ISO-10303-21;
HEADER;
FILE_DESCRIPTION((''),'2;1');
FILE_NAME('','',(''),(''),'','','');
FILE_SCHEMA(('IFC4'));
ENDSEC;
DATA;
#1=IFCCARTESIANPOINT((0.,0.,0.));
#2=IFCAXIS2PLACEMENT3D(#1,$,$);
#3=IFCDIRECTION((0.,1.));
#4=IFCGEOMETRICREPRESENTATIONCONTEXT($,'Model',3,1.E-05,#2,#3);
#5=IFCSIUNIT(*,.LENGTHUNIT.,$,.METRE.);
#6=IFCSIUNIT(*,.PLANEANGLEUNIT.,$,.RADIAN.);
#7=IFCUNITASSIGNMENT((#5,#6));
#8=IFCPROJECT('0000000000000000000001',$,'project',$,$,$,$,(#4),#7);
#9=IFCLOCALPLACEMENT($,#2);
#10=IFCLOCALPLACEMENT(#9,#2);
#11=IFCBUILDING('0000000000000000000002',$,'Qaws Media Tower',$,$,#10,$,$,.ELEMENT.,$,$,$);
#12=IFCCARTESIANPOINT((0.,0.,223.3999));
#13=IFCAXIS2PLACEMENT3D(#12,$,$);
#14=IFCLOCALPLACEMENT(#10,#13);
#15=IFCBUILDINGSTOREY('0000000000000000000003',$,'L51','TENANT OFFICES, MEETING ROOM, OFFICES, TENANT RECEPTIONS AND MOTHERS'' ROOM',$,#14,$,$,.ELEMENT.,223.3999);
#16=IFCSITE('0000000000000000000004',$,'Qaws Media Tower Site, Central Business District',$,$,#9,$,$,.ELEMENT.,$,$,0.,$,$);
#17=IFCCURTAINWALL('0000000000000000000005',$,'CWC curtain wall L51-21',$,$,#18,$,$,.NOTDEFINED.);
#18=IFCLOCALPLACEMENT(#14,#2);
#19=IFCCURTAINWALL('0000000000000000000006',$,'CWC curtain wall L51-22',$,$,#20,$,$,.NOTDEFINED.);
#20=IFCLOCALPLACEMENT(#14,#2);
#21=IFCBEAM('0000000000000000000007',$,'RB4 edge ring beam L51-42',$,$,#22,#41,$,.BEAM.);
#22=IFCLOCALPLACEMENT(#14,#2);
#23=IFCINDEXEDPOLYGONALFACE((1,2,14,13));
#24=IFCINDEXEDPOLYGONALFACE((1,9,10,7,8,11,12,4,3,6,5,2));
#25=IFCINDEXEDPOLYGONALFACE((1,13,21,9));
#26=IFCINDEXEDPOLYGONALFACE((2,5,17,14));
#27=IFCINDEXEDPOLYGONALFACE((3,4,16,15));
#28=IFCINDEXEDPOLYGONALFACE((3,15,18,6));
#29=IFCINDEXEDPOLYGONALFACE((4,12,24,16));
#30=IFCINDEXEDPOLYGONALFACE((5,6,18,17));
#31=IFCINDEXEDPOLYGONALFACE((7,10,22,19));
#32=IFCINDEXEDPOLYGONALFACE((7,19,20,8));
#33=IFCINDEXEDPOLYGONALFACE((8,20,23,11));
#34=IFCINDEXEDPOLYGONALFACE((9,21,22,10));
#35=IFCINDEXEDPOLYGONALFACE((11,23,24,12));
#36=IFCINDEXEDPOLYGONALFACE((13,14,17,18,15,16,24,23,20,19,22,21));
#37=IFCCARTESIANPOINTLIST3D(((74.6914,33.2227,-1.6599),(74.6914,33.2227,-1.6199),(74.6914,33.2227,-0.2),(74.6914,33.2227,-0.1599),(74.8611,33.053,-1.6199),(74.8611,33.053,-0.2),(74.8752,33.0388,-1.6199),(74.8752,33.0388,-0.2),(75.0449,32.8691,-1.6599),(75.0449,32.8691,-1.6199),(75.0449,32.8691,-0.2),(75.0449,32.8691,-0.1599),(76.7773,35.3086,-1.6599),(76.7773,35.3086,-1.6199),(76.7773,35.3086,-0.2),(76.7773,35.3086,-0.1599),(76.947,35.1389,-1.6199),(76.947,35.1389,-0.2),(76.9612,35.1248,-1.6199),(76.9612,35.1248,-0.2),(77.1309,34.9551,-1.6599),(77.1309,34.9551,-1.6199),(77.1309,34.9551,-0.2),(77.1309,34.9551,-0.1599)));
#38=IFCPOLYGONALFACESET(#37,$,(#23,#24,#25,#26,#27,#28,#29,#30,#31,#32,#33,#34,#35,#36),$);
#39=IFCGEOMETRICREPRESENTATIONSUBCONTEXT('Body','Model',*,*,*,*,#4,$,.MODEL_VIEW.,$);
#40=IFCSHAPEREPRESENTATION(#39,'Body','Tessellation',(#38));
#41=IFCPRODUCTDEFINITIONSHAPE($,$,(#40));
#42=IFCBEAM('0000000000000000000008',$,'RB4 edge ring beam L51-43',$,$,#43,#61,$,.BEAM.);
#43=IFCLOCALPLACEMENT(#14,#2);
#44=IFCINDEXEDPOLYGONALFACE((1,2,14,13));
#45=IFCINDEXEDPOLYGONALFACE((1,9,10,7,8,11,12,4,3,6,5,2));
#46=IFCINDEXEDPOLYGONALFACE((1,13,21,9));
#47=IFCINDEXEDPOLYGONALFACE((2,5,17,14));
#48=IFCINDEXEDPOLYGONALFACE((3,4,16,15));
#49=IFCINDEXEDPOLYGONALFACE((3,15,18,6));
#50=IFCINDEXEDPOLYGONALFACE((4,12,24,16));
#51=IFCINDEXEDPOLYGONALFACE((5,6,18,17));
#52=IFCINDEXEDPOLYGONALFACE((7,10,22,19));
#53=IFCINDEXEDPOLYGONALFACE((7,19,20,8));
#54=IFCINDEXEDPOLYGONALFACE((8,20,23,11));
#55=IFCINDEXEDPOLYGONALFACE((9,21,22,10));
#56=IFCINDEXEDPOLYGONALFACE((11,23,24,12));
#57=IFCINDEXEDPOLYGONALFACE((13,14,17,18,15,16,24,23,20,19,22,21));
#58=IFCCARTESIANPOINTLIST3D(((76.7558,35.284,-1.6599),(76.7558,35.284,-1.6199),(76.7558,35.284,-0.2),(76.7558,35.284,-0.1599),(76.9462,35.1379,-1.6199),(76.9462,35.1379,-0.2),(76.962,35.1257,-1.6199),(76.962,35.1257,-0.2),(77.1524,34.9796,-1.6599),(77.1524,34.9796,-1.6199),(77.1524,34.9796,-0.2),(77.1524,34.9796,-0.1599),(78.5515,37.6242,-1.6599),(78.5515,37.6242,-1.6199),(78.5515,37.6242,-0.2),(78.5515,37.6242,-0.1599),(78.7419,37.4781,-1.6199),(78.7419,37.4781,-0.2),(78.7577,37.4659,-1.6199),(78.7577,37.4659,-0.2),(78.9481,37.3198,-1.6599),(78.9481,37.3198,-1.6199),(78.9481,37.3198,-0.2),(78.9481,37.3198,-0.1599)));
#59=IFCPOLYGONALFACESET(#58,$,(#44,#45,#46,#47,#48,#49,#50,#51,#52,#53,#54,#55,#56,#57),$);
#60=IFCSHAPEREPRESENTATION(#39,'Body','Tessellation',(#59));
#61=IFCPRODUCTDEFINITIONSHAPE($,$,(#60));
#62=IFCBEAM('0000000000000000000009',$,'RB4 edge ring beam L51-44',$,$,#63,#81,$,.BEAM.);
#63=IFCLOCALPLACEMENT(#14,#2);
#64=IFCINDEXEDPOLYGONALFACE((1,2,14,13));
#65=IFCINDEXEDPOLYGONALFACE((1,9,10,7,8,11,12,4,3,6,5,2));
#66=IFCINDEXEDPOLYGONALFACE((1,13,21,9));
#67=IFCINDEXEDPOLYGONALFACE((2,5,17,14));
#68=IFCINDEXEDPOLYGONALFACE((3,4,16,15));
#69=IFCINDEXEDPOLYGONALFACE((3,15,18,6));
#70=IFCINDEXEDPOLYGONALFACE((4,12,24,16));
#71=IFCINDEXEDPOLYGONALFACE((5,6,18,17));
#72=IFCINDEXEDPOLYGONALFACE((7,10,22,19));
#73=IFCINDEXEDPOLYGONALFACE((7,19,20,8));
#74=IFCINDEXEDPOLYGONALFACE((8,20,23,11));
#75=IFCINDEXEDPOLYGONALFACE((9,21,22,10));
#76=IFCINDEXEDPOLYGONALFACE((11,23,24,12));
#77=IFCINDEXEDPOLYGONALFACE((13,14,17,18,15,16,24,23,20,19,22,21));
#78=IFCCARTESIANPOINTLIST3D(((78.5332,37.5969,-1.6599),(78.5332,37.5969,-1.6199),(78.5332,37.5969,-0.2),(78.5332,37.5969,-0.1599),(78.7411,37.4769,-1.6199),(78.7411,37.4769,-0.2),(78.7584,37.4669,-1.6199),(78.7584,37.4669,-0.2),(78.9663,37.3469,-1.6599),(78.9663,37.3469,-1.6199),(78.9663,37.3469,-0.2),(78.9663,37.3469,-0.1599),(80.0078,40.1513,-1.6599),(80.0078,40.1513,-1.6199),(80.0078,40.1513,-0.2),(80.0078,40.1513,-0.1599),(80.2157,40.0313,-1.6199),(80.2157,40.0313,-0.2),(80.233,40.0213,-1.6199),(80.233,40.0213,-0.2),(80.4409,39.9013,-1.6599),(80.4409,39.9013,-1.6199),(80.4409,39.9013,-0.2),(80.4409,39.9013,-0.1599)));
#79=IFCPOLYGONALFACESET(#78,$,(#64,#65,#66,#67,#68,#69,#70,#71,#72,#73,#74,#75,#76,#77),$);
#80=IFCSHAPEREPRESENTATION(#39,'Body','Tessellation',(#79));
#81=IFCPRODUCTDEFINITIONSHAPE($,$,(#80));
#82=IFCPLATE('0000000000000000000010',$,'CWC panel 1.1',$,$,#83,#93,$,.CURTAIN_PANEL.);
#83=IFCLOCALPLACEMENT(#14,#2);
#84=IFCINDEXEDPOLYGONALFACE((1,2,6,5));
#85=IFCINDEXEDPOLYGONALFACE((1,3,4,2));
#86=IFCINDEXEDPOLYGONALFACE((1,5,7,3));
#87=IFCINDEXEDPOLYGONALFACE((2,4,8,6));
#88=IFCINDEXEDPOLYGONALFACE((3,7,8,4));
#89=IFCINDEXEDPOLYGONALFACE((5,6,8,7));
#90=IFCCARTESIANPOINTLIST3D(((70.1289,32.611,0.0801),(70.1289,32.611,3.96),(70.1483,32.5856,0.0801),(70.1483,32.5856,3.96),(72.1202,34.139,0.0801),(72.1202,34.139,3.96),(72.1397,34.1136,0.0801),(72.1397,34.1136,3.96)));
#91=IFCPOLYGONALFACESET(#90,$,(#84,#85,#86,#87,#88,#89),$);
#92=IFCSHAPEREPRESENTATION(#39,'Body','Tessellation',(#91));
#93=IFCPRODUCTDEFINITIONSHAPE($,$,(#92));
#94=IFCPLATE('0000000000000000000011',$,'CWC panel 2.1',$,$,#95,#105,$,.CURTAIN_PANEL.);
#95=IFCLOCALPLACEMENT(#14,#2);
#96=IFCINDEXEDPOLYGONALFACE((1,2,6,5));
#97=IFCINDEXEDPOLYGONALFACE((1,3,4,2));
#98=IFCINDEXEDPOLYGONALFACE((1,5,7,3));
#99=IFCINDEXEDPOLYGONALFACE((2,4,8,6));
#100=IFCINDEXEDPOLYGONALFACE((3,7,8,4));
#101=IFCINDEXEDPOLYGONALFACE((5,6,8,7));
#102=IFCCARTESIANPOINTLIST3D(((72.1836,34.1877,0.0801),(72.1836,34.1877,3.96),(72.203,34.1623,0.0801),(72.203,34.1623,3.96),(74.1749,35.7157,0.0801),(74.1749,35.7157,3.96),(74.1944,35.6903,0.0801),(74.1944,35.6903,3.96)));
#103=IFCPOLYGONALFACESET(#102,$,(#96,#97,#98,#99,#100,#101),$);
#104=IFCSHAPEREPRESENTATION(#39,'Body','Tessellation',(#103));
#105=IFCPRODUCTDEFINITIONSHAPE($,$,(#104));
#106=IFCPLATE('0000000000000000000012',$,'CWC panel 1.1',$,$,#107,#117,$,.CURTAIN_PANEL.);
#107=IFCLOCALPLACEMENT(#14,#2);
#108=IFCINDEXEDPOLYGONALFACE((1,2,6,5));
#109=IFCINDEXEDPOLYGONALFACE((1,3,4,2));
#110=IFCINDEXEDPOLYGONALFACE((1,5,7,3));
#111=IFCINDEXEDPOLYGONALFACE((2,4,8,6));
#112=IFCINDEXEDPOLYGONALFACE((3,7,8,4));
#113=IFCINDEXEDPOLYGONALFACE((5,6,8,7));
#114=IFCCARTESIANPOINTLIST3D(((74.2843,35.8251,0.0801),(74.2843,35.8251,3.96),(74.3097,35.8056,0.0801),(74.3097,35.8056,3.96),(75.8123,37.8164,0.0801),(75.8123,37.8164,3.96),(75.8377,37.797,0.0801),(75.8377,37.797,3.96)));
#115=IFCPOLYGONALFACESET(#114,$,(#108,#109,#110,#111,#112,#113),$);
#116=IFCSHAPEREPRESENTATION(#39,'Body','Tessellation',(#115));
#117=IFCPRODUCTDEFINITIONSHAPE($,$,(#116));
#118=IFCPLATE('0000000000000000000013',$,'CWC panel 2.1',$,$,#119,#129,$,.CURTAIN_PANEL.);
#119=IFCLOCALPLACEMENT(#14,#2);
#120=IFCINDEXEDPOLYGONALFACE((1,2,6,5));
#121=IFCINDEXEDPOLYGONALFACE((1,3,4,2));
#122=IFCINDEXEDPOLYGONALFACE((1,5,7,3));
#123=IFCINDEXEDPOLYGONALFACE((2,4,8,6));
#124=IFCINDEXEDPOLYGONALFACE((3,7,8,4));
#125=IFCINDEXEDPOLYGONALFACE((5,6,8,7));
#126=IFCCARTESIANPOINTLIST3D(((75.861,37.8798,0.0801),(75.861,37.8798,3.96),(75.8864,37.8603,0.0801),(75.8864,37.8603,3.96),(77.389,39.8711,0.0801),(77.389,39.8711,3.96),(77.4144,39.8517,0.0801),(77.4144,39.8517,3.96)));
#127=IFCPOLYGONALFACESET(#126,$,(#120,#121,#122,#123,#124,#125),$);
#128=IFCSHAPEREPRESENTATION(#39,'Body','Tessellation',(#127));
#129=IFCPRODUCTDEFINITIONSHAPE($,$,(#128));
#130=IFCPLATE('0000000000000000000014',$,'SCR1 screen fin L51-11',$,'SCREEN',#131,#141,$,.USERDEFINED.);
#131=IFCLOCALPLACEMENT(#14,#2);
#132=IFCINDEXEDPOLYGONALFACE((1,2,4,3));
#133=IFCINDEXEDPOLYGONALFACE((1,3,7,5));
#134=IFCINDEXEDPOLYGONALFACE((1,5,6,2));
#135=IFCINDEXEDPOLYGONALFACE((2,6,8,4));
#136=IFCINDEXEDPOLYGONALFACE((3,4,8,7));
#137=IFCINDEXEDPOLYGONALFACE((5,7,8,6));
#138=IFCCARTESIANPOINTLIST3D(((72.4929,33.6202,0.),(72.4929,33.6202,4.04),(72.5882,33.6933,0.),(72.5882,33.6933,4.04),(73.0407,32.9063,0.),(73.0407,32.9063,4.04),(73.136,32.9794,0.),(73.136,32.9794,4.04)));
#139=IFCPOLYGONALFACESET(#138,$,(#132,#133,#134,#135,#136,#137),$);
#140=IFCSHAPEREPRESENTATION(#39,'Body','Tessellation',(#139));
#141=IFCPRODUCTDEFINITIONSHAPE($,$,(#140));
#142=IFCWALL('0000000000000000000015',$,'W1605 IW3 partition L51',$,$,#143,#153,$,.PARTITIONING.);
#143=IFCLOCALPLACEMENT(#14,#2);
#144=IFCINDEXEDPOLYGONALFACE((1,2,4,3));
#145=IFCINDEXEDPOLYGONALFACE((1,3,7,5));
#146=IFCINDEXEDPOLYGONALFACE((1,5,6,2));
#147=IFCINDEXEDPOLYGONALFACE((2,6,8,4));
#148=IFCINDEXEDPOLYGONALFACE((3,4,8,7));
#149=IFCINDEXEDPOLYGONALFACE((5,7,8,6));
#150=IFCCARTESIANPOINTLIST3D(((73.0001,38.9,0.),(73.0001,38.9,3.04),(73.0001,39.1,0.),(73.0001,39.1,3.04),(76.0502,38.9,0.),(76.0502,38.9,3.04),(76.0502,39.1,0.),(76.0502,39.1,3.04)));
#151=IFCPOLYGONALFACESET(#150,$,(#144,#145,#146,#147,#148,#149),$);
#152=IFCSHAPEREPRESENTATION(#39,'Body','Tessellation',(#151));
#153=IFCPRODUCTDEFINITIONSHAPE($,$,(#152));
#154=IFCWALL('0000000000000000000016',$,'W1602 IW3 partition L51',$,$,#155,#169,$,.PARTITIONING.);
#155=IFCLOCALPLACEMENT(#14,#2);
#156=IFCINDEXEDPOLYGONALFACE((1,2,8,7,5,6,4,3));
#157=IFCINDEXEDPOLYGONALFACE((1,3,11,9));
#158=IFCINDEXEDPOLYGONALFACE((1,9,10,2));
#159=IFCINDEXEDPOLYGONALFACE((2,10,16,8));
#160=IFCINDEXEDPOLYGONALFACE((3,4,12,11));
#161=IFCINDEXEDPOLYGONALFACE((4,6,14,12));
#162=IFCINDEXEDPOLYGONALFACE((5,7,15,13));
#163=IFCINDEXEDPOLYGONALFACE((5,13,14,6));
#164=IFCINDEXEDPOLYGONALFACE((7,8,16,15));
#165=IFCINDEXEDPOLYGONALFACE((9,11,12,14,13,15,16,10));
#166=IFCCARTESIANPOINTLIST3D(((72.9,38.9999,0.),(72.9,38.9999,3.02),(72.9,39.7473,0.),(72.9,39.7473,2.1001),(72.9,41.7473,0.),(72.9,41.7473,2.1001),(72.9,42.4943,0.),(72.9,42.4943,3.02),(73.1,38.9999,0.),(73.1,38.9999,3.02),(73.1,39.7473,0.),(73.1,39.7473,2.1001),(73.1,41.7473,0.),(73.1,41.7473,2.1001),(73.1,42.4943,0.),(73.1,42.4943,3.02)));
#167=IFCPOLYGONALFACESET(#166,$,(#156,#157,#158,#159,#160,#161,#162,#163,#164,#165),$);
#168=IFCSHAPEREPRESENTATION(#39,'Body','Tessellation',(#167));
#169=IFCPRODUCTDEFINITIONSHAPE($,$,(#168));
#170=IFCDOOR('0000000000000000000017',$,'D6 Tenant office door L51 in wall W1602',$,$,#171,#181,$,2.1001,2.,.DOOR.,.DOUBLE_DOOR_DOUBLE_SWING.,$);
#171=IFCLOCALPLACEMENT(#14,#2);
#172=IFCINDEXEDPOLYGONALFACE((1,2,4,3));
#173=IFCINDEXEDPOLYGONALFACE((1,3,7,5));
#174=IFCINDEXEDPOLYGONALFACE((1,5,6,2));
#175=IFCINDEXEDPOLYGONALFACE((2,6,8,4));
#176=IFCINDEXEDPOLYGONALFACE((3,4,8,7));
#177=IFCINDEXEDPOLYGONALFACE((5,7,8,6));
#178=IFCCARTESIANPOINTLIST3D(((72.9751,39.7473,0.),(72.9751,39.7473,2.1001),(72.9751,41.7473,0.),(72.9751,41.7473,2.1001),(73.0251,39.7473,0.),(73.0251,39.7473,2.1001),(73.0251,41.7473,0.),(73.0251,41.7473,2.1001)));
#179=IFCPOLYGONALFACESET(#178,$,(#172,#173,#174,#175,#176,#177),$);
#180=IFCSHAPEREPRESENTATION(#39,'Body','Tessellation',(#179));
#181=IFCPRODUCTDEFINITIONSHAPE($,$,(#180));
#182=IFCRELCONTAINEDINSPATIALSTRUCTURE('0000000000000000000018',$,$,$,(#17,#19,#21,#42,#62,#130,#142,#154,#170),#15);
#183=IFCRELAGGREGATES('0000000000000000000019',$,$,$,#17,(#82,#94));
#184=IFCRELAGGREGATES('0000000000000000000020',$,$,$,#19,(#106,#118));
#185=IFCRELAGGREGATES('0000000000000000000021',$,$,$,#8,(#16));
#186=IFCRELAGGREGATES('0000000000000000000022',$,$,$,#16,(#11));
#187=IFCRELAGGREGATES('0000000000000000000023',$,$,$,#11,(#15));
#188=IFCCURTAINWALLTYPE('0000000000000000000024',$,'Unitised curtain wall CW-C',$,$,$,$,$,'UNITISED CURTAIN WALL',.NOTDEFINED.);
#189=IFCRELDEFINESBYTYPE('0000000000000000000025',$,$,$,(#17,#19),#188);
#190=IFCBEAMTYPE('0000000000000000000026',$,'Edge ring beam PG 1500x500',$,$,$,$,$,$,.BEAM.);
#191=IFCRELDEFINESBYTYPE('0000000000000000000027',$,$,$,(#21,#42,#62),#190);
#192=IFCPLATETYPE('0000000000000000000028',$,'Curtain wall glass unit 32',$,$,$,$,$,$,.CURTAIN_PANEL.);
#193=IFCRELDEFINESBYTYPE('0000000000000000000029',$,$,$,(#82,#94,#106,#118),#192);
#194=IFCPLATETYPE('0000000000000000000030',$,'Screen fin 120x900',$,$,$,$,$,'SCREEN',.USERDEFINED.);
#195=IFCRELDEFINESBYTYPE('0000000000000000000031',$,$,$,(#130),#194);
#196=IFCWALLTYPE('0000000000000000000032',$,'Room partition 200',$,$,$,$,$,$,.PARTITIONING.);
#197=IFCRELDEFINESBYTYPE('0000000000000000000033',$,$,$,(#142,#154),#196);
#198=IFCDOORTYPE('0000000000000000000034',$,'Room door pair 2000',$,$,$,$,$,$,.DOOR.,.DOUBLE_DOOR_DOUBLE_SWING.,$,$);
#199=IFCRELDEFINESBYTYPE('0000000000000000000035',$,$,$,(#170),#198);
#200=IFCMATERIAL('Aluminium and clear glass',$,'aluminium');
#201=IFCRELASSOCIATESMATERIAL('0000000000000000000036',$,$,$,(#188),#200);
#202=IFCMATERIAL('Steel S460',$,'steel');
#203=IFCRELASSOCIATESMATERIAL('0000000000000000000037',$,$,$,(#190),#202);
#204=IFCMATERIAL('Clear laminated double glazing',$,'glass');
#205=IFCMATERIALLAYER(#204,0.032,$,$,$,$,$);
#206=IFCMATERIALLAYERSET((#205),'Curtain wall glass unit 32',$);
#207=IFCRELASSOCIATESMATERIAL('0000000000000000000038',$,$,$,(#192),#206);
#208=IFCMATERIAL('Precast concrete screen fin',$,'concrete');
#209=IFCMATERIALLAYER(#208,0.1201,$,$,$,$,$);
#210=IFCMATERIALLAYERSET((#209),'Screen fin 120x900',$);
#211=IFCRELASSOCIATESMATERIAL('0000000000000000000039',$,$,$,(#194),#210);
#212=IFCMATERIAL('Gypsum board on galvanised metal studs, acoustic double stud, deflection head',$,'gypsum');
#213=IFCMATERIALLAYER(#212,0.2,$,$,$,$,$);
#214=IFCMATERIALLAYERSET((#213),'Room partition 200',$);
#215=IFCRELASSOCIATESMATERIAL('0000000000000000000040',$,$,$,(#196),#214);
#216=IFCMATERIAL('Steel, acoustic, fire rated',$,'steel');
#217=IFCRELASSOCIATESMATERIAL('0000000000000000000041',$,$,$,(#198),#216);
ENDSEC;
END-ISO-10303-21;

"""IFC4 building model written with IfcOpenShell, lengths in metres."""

from ifc_helpers import new_model, si_unit, direction, frame, frame_2d, origin, origin_2d, place, context, subcontext, project, spatial, rectangle, i_section, extrude, material, layer, layer_set, material_profile, profile_set, type_object, element, fill, aggregate, save


model = new_model("IFC4")

# Units and contexts
model_context = context("Model", 3, precision=1e-05, world=origin(), true_north=direction((0.0, 1.0)))
body_context = subcontext(model_context, "Body", "Model", "MODEL_VIEW")
ifc_project = project(units=[si_unit("LENGTHUNIT", "METRE"), si_unit("PLANEANGLEUNIT", "RADIAN")], contexts=[model_context])

# Site, building, storey
site_placement = place(None, origin())
site = spatial("IfcSite", under=ifc_project, at=site_placement, Name="Qaws Media Tower Site, Central Business District", CompositionType="ELEMENT", RefElevation=0.0)
building_placement = place(site_placement, origin())
building = spatial("IfcBuilding", under=site, at=building_placement, Name="Qaws Media Tower", CompositionType="ELEMENT")
storey_placement = place(building_placement, frame((0.0, 0.0, 223.3999)))
storey = spatial("IfcBuildingStorey", under=building, at=storey_placement, Name="L51", Description="TENANT OFFICES, MEETING ROOM, OFFICES, TENANT RECEPTIONS AND MOTHERS' ROOM", CompositionType="ELEMENT", Elevation=223.3999)

# Curtain walls
ifc_material_1 = material(Name="Aluminium and clear glass", Category="aluminium")
curtain_wall_type = type_object("IfcCurtainWallType", Name="Unitised curtain wall CW-C", ElementType="UNITISED CURTAIN WALL", PredefinedType="NOTDEFINED", material=ifc_material_1)
curtain_wall_1_placement = place(storey_placement, origin())
curtain_wall_1 = element("IfcCurtainWall", 1, at=curtain_wall_1_placement, inside=storey, type_object=curtain_wall_type, Name="CWC curtain wall L51-21", PredefinedType="NOTDEFINED")
curtain_wall_2_placement = place(storey_placement, origin())
curtain_wall_2 = element("IfcCurtainWall", 2, at=curtain_wall_2_placement, inside=storey, type_object=curtain_wall_type, Name="CWC curtain wall L51-22", PredefinedType="NOTDEFINED")

# Beams
ifc_material_2 = material(Name="Steel S460", Category="steel")
ifc_material_profile_1 = material_profile(ifc_material_2, i_section(OverallWidth=0.5, OverallDepth=1.5, WebThickness=0.02, FlangeThickness=0.04, at=origin_2d()), Name="PG 1500x500")
ifc_profile_set_1 = profile_set([ifc_material_profile_1], Name="Steel S460")
beam_type = type_object("IfcBeamType", Name="Edge ring beam PG 1500x500", PredefinedType="BEAM", material=ifc_profile_set_1)
beam_1_placement = place(storey_placement, frame((74.8682, 33.0459, -0.9099), z_axis=(0.707107, 0.707107, 0.0), x_axis=(-0.707107, 0.707107, 0.0)))
element("IfcBeam", 3, at=beam_1_placement, inside=storey, type_object=beam_type, Name="RB4 edge ring beam L51-42", PredefinedType="BEAM", context=body_context, shape_type="SweptSolid", body=[
    extrude(i_section(OverallWidth=0.5, OverallDepth=1.5, WebThickness=0.02, FlangeThickness=0.04, at=origin_2d()), origin(), (0.0, 0.0, 1.0), 2.95),
])
beam_2_placement = place(storey_placement, frame((76.9541, 35.1318, -0.9099), z_axis=(0.60877, 0.793347, 0.0), x_axis=(-0.793347, 0.60877, 0.0)))
element("IfcBeam", 4, at=beam_2_placement, inside=storey, type_object=beam_type, Name="RB4 edge ring beam L51-43", PredefinedType="BEAM", context=body_context, shape_type="SweptSolid", body=[
    extrude(i_section(OverallWidth=0.5, OverallDepth=1.5, WebThickness=0.02, FlangeThickness=0.04, at=origin_2d()), origin(), (0.0, 0.0, 1.0), 2.9497),
])
beam_3_placement = place(storey_placement, frame((78.7498, 37.4719, -0.9099), z_axis=(0.499949, 0.866055, 0.0), x_axis=(-0.866055, 0.499949, 0.0)))
element("IfcBeam", 5, at=beam_3_placement, inside=storey, type_object=beam_type, Name="RB4 edge ring beam L51-44", PredefinedType="BEAM", context=body_context, shape_type="SweptSolid", body=[
    extrude(i_section(OverallWidth=0.5, OverallDepth=1.5, WebThickness=0.02, FlangeThickness=0.04, at=origin_2d()), origin(), (0.0, 0.0, 1.0), 2.9495),
])

# Plates
ifc_material_3 = material(Name="Clear laminated double glazing", Category="glass")
ifc_layer_1 = layer(ifc_material_3, 0.032)
ifc_layer_set_1 = layer_set([ifc_layer_1], Name="Curtain wall glass unit 32")
plate_type_1 = type_object("IfcPlateType", Name="Curtain wall glass unit 32", PredefinedType="CURTAIN_PANEL", material=ifc_layer_set_1)
plate_1_placement = place(storey_placement, frame((71.1343, 33.3623, 0.0801), z_axis=(0.0, 0.0, 1.0), x_axis=(0.793353, 0.608761, 0.0)))
plate_1 = element("IfcPlate", 6, at=plate_1_placement, type_object=plate_type_1, Name="CWC panel 1.1", PredefinedType="CURTAIN_PANEL", context=body_context, shape_type="SweptSolid", body=[
    extrude(rectangle(XDim=2.51, YDim=0.032, at=origin_2d()), origin(), (0.0, 0.0, 1.0), 3.8799),
])
plate_2_placement = place(storey_placement, frame((73.189, 34.939, 0.0801), z_axis=(0.0, 0.0, 1.0), x_axis=(0.793353, 0.608761, 0.0)))
plate_2 = element("IfcPlate", 7, at=plate_2_placement, type_object=plate_type_1, Name="CWC panel 2.1", PredefinedType="CURTAIN_PANEL", context=body_context, shape_type="SweptSolid", body=[
    extrude(rectangle(XDim=2.51, YDim=0.032, at=origin_2d()), origin(), (0.0, 0.0, 1.0), 3.8799),
])
aggregate(curtain_wall_1, [plate_1, plate_2])
plate_3_placement = place(storey_placement, frame((75.061, 36.811, 0.0801), z_axis=(0.0, 0.0, 1.0), x_axis=(0.608761, 0.793353, 0.0)))
plate_3 = element("IfcPlate", 8, at=plate_3_placement, type_object=plate_type_1, Name="CWC panel 1.1", PredefinedType="CURTAIN_PANEL", context=body_context, shape_type="SweptSolid", body=[
    extrude(rectangle(XDim=2.51, YDim=0.032, at=origin_2d()), origin(), (0.0, 0.0, 1.0), 3.8799),
])
plate_4_placement = place(storey_placement, frame((76.6377, 38.8657, 0.0801), z_axis=(0.0, 0.0, 1.0), x_axis=(0.608761, 0.793353, 0.0)))
plate_4 = element("IfcPlate", 9, at=plate_4_placement, type_object=plate_type_1, Name="CWC panel 2.1", PredefinedType="CURTAIN_PANEL", context=body_context, shape_type="SweptSolid", body=[
    extrude(rectangle(XDim=2.51, YDim=0.032, at=origin_2d()), origin(), (0.0, 0.0, 1.0), 3.8799),
])
aggregate(curtain_wall_2, [plate_3, plate_4])
ifc_material_4 = material(Name="Precast concrete screen fin", Category="concrete")
ifc_layer_2 = layer(ifc_material_4, 0.1201)
ifc_layer_set_2 = layer_set([ifc_layer_2], Name="Screen fin 120x900")
plate_type_2 = type_object("IfcPlateType", Name="Screen fin 120x900", ElementType="SCREEN", PredefinedType="USERDEFINED", material=ifc_layer_set_2)
plate_5_placement = place(storey_placement, frame((72.8145, 33.2998, 0.0), z_axis=(0.0, 0.0, 1.0), x_axis=(0.608761, -0.793353, 0.0)))
element("IfcPlate", 10, at=plate_5_placement, inside=storey, type_object=plate_type_2, Name="SCR1 screen fin L51-11", ObjectType="SCREEN", PredefinedType="USERDEFINED", context=body_context, shape_type="SweptSolid", body=[
    extrude(rectangle(XDim=0.8999, YDim=0.1201, at=origin_2d()), origin(), (0.0, 0.0, 1.0), 4.04),
])

# Wall
ifc_material_5 = material(Name="Gypsum board on galvanised metal studs, acoustic double stud, deflection head", Category="gypsum")
ifc_layer_3 = layer(ifc_material_5, 0.2)
ifc_layer_set_3 = layer_set([ifc_layer_3], Name="Room partition 200")
wall_type = type_object("IfcWallType", Name="Room partition 200", PredefinedType="PARTITIONING", material=ifc_layer_set_3)
wall_1_placement = place(storey_placement, frame((76.05, 39.0, 0.0), z_axis=(0.0, 0.0, 1.0), x_axis=(-1.0, 0.0, 0.0)))
element("IfcWall", 11, at=wall_1_placement, inside=storey, type_object=wall_type, Name="W1605 IW3 partition L51", PredefinedType="PARTITIONING", context=body_context, shape_type="SweptSolid", body=[
    extrude(rectangle(XDim=3.05, YDim=0.2, at=frame_2d((1.5249, 0.0))), origin(), (0.0, 0.0, 1.0), 3.04),
])

# Wall, opening, door
wall_2_placement = place(storey_placement, frame((73.0, 39.0, 0.0), z_axis=(0.0, 0.0, 1.0), x_axis=(0.0, 1.0, 0.0)))
wall_2 = element("IfcWall", 12, at=wall_2_placement, inside=storey, type_object=wall_type, Name="W1602 IW3 partition L51", PredefinedType="PARTITIONING", context=body_context, shape_type="SweptSolid", body=[
    extrude(rectangle(XDim=3.4944, YDim=0.2, at=frame_2d((1.7471, 0.0))), origin(), (0.0, 0.0, 1.0), 3.02),
])
opening_placement = place(wall_2_placement, frame((0.7473, 0.0, 0.0)))
opening = element("IfcOpeningElement", 13, at=opening_placement, cuts=wall_2, PredefinedType="OPENING", context=body_context, shape_type="SweptSolid", body=[
    extrude(rectangle(XDim=2.0, YDim=2.1001, at=frame_2d((1.0, 1.05))), frame((0.0, 0.1099, 0.0), z_axis=(0.0, -1.0, 0.0), x_axis=(1.0, 0.0, 0.0)), (0.0, 0.0, 1.0), 0.22),
])
ifc_material_6 = material(Name="Steel, acoustic, fire rated", Category="steel")
door_type = type_object("IfcDoorType", Name="Room door pair 2000", OperationType="DOUBLE_DOOR_DOUBLE_SWING", PredefinedType="DOOR", material=ifc_material_6)
door_placement = place(opening_placement, origin())
door = element("IfcDoor", 14, at=door_placement, inside=storey, type_object=door_type, Name="D6 Tenant office door L51 in wall W1602", OperationType="DOUBLE_DOOR_DOUBLE_SWING", OverallHeight=2.1001, OverallWidth=2.0, PredefinedType="DOOR", context=body_context, shape_type="SweptSolid", body=[
    extrude(rectangle(XDim=2.0, YDim=2.1001, at=frame_2d((1.0, 1.05))), frame((0.0, 0.0249, 0.0), z_axis=(0.0, -1.0, 0.0), x_axis=(1.0, 0.0, 0.0)), (0.0, 0.0, 1.0), 0.05),
])
fill(opening, door)

save(model, "model.ifc")
